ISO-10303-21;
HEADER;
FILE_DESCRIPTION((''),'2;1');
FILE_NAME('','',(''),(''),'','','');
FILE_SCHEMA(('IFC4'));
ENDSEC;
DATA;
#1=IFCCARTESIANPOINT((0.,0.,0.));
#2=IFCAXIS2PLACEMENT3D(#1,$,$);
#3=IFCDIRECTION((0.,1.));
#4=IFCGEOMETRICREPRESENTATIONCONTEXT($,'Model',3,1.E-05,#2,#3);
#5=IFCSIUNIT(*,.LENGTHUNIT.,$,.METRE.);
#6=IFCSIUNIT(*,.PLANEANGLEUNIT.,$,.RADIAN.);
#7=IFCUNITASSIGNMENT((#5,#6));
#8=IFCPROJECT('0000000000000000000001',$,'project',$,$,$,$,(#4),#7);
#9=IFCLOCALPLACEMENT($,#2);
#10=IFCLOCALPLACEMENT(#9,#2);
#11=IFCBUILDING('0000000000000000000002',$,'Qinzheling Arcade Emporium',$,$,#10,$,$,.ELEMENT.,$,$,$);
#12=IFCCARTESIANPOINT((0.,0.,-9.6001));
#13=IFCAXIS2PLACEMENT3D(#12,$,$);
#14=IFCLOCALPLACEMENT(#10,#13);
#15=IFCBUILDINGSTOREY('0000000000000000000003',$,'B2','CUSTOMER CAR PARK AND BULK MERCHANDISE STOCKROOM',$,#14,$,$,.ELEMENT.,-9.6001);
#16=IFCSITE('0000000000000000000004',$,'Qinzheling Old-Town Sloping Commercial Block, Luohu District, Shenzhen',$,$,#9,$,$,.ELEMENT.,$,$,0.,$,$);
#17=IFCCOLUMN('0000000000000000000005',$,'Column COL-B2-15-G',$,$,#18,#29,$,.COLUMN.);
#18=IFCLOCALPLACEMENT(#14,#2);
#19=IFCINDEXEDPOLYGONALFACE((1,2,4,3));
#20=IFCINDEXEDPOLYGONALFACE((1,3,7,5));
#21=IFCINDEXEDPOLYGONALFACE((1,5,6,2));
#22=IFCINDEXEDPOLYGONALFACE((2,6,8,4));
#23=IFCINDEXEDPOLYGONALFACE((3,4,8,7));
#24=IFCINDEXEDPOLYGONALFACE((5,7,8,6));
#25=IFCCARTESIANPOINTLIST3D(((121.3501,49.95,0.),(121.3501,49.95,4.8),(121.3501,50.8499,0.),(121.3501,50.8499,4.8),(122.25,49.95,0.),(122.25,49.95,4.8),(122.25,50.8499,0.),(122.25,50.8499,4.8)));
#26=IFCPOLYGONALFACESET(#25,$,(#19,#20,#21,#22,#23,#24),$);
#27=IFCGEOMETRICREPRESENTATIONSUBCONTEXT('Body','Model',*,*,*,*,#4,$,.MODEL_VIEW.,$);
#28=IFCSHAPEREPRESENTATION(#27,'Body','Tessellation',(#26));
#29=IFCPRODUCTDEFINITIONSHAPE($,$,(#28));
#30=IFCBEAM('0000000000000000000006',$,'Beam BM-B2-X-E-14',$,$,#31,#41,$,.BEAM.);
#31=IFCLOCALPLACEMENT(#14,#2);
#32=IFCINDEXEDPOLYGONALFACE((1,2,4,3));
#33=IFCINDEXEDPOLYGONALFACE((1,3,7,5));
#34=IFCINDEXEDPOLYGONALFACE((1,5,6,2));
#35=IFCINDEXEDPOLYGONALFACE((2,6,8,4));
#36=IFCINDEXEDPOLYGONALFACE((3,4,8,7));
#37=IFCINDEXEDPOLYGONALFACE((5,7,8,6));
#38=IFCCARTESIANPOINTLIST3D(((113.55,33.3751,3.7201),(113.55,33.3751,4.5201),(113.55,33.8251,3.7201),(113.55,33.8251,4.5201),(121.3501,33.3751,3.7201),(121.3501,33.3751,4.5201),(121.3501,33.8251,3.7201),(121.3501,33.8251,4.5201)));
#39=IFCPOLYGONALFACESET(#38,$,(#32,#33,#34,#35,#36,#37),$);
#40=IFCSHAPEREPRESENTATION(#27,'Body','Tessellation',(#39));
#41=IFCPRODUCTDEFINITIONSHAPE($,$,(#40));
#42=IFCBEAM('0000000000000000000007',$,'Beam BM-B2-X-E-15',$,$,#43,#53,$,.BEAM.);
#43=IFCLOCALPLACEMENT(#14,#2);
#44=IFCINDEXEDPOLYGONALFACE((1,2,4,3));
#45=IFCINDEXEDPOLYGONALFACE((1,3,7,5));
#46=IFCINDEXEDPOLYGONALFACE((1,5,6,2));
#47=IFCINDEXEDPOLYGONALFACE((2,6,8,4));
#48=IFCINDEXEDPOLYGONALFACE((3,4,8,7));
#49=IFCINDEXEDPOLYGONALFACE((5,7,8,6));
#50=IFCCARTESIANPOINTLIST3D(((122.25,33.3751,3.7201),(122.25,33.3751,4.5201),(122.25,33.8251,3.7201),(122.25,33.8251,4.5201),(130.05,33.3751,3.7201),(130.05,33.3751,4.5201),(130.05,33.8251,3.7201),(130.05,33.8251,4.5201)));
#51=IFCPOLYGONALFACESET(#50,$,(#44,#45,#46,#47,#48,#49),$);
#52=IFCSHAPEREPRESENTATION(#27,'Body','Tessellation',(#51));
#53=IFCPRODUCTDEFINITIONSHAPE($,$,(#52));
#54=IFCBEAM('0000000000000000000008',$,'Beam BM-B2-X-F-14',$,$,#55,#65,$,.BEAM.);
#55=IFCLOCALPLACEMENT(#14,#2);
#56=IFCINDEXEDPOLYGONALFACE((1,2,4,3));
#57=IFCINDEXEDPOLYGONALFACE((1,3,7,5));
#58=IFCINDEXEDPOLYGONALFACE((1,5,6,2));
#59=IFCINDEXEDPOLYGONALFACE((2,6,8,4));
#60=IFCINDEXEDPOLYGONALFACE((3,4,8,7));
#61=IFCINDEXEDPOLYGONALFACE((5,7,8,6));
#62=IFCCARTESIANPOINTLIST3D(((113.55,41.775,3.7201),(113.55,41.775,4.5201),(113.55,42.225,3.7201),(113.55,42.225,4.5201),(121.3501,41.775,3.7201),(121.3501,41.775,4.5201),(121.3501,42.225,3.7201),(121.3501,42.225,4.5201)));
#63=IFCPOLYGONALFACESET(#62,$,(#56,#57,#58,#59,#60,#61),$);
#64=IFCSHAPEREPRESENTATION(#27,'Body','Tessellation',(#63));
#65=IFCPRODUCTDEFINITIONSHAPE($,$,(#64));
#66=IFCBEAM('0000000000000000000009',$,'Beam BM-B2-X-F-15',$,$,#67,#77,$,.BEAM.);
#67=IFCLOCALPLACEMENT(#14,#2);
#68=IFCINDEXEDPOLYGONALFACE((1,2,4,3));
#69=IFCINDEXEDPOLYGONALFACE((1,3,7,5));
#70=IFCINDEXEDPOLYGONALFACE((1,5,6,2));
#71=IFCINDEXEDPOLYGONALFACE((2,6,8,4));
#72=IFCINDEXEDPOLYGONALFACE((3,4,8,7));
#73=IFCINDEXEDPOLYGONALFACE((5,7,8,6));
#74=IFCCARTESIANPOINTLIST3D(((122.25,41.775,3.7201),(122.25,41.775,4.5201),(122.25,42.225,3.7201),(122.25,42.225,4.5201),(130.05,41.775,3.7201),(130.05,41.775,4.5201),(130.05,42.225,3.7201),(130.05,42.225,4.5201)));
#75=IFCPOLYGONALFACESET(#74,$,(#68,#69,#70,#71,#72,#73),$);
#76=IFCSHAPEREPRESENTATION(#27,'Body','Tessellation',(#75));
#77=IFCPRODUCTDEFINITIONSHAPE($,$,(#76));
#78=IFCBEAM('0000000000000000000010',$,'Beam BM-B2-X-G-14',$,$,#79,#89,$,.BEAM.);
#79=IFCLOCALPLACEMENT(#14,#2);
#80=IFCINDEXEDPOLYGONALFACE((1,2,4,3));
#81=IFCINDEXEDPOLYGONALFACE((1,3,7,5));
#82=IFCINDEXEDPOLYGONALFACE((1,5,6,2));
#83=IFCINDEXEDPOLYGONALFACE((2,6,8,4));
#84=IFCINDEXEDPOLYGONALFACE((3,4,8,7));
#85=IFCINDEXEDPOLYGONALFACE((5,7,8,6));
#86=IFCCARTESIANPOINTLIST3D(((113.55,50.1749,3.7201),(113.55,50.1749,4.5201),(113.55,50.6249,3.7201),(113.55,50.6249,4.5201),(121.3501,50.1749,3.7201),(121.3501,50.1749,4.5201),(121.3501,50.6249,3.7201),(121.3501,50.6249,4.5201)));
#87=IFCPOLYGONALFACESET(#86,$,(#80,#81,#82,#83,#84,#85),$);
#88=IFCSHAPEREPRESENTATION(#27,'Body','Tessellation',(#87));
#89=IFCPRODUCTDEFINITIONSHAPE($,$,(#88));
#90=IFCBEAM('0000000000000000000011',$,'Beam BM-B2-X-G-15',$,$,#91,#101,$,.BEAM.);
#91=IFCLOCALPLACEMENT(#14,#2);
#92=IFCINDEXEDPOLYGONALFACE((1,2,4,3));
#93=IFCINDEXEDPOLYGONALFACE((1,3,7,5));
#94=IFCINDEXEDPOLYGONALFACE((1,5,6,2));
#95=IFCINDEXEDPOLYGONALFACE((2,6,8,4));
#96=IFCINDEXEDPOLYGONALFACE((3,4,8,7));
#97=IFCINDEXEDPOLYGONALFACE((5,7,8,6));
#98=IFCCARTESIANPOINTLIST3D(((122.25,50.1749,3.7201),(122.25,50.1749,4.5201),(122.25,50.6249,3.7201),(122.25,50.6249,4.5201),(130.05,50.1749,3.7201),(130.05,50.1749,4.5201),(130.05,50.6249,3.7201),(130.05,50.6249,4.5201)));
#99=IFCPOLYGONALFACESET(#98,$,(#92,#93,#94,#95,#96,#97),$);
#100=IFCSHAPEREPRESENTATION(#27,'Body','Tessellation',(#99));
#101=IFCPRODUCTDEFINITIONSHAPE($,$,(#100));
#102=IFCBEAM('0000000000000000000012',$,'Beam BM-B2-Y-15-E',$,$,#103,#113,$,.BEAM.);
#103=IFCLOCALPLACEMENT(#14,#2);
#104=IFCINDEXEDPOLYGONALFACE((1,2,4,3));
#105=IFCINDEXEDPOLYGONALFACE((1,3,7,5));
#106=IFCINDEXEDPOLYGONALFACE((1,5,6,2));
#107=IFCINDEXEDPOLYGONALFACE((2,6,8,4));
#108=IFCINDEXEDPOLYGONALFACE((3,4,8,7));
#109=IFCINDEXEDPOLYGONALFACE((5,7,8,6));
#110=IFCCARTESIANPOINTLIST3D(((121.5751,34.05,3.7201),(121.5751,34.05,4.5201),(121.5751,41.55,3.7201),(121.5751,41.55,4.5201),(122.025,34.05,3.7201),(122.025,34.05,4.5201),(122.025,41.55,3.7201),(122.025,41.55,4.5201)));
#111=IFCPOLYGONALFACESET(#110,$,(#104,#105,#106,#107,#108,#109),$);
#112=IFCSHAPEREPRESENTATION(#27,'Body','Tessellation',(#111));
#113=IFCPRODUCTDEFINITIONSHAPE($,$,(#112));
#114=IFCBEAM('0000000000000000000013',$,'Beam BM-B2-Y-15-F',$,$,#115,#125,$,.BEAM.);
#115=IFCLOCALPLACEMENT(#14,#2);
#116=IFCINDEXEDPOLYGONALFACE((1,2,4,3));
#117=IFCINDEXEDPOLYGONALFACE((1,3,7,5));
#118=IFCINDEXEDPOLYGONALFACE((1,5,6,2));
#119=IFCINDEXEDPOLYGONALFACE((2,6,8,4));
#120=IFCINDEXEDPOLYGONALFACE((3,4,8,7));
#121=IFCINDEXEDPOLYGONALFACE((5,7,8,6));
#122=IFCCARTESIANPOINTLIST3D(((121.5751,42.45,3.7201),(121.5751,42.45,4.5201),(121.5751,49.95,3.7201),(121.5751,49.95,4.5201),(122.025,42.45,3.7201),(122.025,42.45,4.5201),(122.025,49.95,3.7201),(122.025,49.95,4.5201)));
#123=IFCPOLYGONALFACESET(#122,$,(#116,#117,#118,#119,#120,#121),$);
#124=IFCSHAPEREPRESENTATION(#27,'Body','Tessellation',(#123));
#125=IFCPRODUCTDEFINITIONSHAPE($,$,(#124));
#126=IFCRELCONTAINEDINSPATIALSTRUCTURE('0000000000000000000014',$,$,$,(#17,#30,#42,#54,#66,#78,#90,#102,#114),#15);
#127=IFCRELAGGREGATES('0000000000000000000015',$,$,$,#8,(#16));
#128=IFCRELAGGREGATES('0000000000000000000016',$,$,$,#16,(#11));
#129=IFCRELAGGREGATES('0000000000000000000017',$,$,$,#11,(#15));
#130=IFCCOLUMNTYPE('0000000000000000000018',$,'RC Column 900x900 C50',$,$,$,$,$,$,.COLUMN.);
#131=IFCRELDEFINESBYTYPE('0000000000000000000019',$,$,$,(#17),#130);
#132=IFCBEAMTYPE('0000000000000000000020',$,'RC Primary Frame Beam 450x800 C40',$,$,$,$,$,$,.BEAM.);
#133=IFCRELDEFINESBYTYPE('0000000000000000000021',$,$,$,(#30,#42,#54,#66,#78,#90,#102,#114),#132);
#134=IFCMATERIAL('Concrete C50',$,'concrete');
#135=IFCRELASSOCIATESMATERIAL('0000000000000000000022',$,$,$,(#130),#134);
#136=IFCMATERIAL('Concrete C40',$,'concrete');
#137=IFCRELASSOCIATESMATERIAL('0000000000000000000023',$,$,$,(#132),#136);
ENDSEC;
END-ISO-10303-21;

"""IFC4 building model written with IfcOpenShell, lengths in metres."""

from ifc_helpers import new_model, si_unit, direction, frame, origin, origin_2d, place, context, subcontext, project, spatial, rectangle, extrude, material, material_profile, profile_set, type_object, element, save


model = new_model("IFC4")

# Units and contexts
model_context = context("Model", 3, precision=1e-05, world=origin(), true_north=direction((0.0, 1.0)))
body_context = subcontext(model_context, "Body", "Model", "MODEL_VIEW")
ifc_project = project(units=[si_unit("LENGTHUNIT", "METRE"), si_unit("PLANEANGLEUNIT", "RADIAN")], contexts=[model_context])

# Site, building, storey
site_placement = place(None, origin())
site = spatial("IfcSite", under=ifc_project, at=site_placement, Name="Qinzheling Old-Town Sloping Commercial Block, Luohu District, Shenzhen", CompositionType="ELEMENT", RefElevation=0.0)
building_placement = place(site_placement, origin())
building = spatial("IfcBuilding", under=site, at=building_placement, Name="Qinzheling Arcade Emporium", CompositionType="ELEMENT")
storey_placement = place(building_placement, frame((0.0, 0.0, -9.6001)))
storey = spatial("IfcBuildingStorey", under=building, at=storey_placement, Name="B2", Description="CUSTOMER CAR PARK AND BULK MERCHANDISE STOCKROOM", CompositionType="ELEMENT", Elevation=-9.6001)

# Shared definitions
ifc_material_1 = material(Name="Concrete C40", Category="concrete")

# Column
ifc_material_2 = material(Name="Concrete C50", Category="concrete")
ifc_material_profile_1 = material_profile(ifc_material_2, rectangle(XDim=0.8999, YDim=0.8999, at=origin_2d()), Name="RC 900x900", Category="concrete")
ifc_profile_set_1 = profile_set([ifc_material_profile_1], Name="Concrete C50")
column_type = type_object("IfcColumnType", Name="RC Column 900x900 C50", PredefinedType="COLUMN", material=ifc_profile_set_1)
for number, where, z_axis, x_axis, name in (
    (1, (121.8, 50.3999, 0.0), (0.0, 0.0, 1.0), (1.0, 0.0, 0.0), "Column COL-B2-15-G"),
):
    element("IfcColumn", number, at=place(storey_placement, frame(where, z_axis=z_axis, x_axis=x_axis)), inside=storey, type_object=column_type, Name=name, PredefinedType="COLUMN", context=body_context, shape_type="SweptSolid", body=[
        extrude(rectangle(XDim=0.8999, YDim=0.8999, at=origin_2d()), origin(), (0.0, 0.0, 1.0), 4.8),
    ])

# Beams
ifc_material_profile_2 = material_profile(ifc_material_1, rectangle(XDim=0.45, YDim=0.8, at=origin_2d()), Name="RC 450x800", Category="concrete")
ifc_profile_set_2 = profile_set([ifc_material_profile_2], Name="Concrete C40")
beam_type = type_object("IfcBeamType", Name="RC Primary Frame Beam 450x800 C40", PredefinedType="BEAM", material=ifc_profile_set_2)
for number, where, z_axis, x_axis, name in (
    (2, (113.55, 33.6001, 4.1201), (1.0, 0.0, 0.0), (0.0, 1.0, 0.0), "Beam BM-B2-X-E-14"),
    (3, (122.25, 33.6001, 4.1201), (1.0, 0.0, 0.0), (0.0, 1.0, 0.0), "Beam BM-B2-X-E-15"),
    (4, (113.55, 42.0, 4.1201), (1.0, 0.0, 0.0), (0.0, 1.0, 0.0), "Beam BM-B2-X-F-14"),
    (5, (122.25, 42.0, 4.1201), (1.0, 0.0, 0.0), (0.0, 1.0, 0.0), "Beam BM-B2-X-F-15"),
    (6, (113.55, 50.3999, 4.1201), (1.0, 0.0, 0.0), (0.0, 1.0, 0.0), "Beam BM-B2-X-G-14"),
    (7, (122.25, 50.3999, 4.1201), (1.0, 0.0, 0.0), (0.0, 1.0, 0.0), "Beam BM-B2-X-G-15"),
):
    element("IfcBeam", number, at=place(storey_placement, frame(where, z_axis=z_axis, x_axis=x_axis)), inside=storey, type_object=beam_type, Name=name, PredefinedType="BEAM", context=body_context, shape_type="SweptSolid", body=[
        extrude(rectangle(XDim=0.45, YDim=0.8, at=origin_2d()), origin(), (0.0, 0.0, 1.0), 7.8),
    ])
for number, where, z_axis, x_axis, name in (
    (8, (121.8, 34.05, 4.1201), (0.0, 1.0, 0.0), (-1.0, 0.0, 0.0), "Beam BM-B2-Y-15-E"),
    (9, (121.8, 42.45, 4.1201), (0.0, 1.0, 0.0), (-1.0, 0.0, 0.0), "Beam BM-B2-Y-15-F"),
):
    element("IfcBeam", number, at=place(storey_placement, frame(where, z_axis=z_axis, x_axis=x_axis)), inside=storey, type_object=beam_type, Name=name, PredefinedType="BEAM", context=body_context, shape_type="SweptSolid", body=[
        extrude(rectangle(XDim=0.45, YDim=0.8, at=origin_2d()), origin(), (0.0, 0.0, 1.0), 7.5),
    ])

save(model, "model.ifc")
